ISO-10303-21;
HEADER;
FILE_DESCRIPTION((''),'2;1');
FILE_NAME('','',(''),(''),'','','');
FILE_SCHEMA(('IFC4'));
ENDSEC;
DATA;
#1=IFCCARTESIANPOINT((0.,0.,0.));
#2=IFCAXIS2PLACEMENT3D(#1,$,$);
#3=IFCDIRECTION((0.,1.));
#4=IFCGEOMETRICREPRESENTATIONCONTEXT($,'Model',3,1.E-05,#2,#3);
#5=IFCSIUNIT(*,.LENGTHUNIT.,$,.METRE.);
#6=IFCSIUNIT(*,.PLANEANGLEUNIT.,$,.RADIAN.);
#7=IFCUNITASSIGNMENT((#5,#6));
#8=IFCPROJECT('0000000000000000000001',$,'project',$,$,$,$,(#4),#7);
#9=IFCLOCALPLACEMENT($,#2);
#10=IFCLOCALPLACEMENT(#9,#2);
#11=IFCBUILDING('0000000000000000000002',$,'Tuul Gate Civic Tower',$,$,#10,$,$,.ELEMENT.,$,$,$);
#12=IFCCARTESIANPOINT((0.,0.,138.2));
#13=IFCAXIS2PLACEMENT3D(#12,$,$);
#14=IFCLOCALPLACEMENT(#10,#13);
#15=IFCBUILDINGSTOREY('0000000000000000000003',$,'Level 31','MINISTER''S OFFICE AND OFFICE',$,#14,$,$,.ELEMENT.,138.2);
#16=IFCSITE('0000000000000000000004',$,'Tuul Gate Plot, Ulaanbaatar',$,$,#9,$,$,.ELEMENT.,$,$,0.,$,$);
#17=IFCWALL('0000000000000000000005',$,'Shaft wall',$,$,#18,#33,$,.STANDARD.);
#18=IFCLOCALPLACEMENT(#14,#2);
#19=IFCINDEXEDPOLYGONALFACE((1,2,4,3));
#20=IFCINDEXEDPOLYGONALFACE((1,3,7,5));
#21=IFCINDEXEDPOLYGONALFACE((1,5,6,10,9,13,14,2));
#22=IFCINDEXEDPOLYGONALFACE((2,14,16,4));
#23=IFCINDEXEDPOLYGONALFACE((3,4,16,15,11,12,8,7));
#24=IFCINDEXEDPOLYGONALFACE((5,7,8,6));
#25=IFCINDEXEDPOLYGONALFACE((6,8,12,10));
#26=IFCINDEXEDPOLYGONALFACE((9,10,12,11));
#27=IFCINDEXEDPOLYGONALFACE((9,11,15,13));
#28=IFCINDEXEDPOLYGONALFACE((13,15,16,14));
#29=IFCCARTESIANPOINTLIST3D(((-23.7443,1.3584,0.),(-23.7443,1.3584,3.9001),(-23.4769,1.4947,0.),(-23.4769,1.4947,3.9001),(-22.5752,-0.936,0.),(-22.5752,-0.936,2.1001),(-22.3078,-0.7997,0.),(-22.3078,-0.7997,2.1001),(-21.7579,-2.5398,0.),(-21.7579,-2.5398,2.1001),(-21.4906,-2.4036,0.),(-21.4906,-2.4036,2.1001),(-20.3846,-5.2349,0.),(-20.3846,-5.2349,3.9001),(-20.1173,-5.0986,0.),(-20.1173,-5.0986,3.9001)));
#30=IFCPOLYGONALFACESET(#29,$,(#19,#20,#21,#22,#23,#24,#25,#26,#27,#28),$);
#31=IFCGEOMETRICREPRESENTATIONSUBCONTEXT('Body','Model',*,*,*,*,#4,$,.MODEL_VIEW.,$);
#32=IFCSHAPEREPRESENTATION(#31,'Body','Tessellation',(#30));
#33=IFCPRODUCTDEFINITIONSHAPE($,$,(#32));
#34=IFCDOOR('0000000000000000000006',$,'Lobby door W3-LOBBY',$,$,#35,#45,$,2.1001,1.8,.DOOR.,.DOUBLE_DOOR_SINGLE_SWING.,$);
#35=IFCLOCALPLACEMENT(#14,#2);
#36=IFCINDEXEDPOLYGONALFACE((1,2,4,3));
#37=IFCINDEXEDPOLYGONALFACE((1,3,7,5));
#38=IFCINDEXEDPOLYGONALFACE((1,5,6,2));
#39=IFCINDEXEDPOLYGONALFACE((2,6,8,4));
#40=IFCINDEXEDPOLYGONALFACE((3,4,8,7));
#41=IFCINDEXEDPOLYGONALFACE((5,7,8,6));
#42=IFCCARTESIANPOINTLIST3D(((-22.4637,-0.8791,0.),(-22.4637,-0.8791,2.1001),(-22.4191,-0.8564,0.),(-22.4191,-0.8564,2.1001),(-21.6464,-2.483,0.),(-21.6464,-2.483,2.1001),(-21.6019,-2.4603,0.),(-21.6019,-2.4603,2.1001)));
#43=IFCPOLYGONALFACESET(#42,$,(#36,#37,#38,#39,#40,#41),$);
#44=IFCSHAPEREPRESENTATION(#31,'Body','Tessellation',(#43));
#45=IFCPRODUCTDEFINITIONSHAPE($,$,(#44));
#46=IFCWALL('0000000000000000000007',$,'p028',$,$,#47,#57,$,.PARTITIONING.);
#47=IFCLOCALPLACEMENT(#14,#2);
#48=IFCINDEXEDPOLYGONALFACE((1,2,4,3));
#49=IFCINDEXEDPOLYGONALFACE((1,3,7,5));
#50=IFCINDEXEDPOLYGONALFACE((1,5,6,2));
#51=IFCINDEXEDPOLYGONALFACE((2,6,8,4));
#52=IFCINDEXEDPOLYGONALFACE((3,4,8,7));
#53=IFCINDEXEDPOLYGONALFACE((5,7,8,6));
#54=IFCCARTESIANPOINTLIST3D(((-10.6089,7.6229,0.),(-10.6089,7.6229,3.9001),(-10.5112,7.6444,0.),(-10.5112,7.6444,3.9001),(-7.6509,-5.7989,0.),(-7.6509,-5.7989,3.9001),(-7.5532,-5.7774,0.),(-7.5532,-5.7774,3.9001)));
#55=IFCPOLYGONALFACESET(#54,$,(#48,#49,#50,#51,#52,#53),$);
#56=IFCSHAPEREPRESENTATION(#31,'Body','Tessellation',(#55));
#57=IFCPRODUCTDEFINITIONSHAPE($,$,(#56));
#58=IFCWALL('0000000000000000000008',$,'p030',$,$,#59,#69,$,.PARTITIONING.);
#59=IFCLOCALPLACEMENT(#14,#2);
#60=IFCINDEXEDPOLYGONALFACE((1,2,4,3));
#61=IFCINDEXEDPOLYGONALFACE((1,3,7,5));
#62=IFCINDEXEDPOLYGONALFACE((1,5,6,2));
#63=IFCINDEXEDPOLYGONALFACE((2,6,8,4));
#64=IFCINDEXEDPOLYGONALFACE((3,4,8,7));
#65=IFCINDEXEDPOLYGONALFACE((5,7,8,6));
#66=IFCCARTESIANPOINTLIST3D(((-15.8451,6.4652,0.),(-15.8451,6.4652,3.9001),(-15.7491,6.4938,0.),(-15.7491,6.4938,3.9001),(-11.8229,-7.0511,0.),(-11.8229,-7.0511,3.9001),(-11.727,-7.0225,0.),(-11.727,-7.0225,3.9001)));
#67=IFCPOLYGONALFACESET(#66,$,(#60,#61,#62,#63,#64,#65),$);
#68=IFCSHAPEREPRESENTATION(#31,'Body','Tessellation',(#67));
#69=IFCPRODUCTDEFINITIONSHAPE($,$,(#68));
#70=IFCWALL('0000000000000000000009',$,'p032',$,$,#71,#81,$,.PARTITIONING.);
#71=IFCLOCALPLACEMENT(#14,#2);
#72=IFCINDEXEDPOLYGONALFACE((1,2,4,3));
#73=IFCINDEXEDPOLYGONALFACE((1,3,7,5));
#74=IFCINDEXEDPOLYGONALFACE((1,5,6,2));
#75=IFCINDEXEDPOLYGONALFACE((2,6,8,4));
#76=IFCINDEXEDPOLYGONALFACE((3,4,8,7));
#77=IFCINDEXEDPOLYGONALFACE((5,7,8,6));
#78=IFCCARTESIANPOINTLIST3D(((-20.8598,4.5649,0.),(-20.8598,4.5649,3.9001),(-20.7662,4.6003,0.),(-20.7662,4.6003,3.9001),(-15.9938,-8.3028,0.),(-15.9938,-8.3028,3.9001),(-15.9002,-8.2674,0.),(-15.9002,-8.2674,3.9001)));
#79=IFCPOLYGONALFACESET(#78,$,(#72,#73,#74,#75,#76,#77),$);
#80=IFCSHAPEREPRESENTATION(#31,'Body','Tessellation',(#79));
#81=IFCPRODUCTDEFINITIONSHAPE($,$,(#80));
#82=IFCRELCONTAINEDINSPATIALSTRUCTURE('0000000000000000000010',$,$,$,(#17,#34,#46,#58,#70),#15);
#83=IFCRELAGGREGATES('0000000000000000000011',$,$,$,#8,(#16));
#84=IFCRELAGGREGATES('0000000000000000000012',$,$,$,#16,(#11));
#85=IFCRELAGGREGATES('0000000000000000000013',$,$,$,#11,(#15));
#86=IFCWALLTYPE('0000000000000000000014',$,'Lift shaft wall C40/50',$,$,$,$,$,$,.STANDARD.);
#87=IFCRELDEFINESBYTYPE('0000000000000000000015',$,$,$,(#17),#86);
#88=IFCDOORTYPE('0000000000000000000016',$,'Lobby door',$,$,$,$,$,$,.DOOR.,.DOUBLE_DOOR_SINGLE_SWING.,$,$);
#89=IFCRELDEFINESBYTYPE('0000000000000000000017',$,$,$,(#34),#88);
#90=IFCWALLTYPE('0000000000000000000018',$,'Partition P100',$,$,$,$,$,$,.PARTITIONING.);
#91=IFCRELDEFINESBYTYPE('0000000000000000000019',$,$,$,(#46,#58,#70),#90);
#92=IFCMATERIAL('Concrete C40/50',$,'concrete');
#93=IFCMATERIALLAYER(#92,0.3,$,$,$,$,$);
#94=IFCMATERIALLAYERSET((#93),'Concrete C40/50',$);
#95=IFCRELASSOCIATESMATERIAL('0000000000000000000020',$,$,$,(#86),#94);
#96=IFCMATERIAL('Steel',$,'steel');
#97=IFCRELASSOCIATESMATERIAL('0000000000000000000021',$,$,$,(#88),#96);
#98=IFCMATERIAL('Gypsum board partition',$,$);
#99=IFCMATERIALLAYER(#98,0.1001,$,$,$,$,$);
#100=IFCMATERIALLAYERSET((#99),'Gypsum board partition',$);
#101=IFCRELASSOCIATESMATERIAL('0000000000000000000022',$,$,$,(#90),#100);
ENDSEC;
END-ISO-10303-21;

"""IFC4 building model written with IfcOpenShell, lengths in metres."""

from ifc_helpers import new_model, si_unit, direction, frame, frame_2d, origin, place, context, subcontext, project, spatial, rectangle, extrude, material, layer, layer_set, type_object, element, fill, save


model = new_model("IFC4")

# Units and contexts
model_context = context("Model", 3, precision=1e-05, world=origin(), true_north=direction((0.0, 1.0)))
body_context = subcontext(model_context, "Body", "Model", "MODEL_VIEW")
ifc_project = project(units=[si_unit("LENGTHUNIT", "METRE"), si_unit("PLANEANGLEUNIT", "RADIAN")], contexts=[model_context])

# Site, building, storey
site_placement = place(None, origin())
site = spatial("IfcSite", under=ifc_project, at=site_placement, Name="Tuul Gate Plot, Ulaanbaatar", CompositionType="ELEMENT", RefElevation=0.0)
building_placement = place(site_placement, origin())
building = spatial("IfcBuilding", under=site, at=building_placement, Name="Tuul Gate Civic Tower", CompositionType="ELEMENT")
storey_placement = place(building_placement, frame((0.0, 0.0, 138.2)))
storey = spatial("IfcBuildingStorey", under=building, at=storey_placement, Name="Level 31", Description="MINISTER'S OFFICE AND OFFICE", CompositionType="ELEMENT", Elevation=138.2)

# Shared definitions
ifc_material_1 = material(Name="Concrete C40/50", Category="concrete")
ifc_layer_1 = layer(ifc_material_1, 0.3)
ifc_layer_set_1 = layer_set([ifc_layer_1], Name="Concrete C40/50")
wall_type_1 = type_object("IfcWallType", Name="Lift shaft wall C40/50", PredefinedType="STANDARD", material=ifc_layer_set_1)

# Wall, opening, door
wall_1_placement = place(storey_placement, frame((-20.251, -5.1667, 0.0), z_axis=(0.0, 0.0, 1.0), x_axis=(-0.45401, 0.890996, 0.0)))
wall_1 = element("IfcWall", 1, at=wall_1_placement, inside=storey, type_object=wall_type_1, Name="Shaft wall", PredefinedType="STANDARD", context=body_context, shape_type="SweptSolid", body=[
    extrude(rectangle(XDim=7.3999, YDim=0.3, at=frame_2d((3.7, 0.0))), origin(), (0.0, 0.0, 1.0), 3.9001),
])
opening_1_placement = place(wall_1_placement, frame((3.0249, 0.0, 0.0)))
opening_1 = element("IfcOpeningElement", 2, at=opening_1_placement, cuts=wall_1, PredefinedType="OPENING", context=body_context, shape_type="SweptSolid", body=[
    extrude(rectangle(XDim=1.8, YDim=2.1001, at=frame_2d((0.8999, 1.05))), frame((0.0, 0.1602, 0.0), z_axis=(0.0, -1.0, 0.0), x_axis=(1.0, 0.0, 0.0)), (0.0, 0.0, 1.0), 0.3201),
])
ifc_material_2 = material(Name="Steel", Category="steel")
door_type_1 = type_object("IfcDoorType", Name="Lobby door", OperationType="DOUBLE_DOOR_SINGLE_SWING", PredefinedType="DOOR", material=ifc_material_2)
door_1_placement = place(opening_1_placement, origin())
door_1 = element("IfcDoor", 3, at=door_1_placement, inside=storey, type_object=door_type_1, Name="Lobby door W3-LOBBY", OperationType="DOUBLE_DOOR_SINGLE_SWING", OverallHeight=2.1001, OverallWidth=1.8, PredefinedType="DOOR", context=body_context, shape_type="SweptSolid", body=[
    extrude(rectangle(XDim=1.8, YDim=2.1001, at=frame_2d((0.8999, 1.05))), frame((0.0, 0.0249, 0.0), z_axis=(0.0, -1.0, 0.0), x_axis=(1.0, 0.0, 0.0)), (0.0, 0.0, 1.0), 0.05),
])
fill(opening_1, door_1)

# Walls
ifc_material_3 = material(Name="Gypsum board partition")
ifc_layer_2 = layer(ifc_material_3, 0.1001)
ifc_layer_set_2 = layer_set([ifc_layer_2], Name="Gypsum board partition")
wall_type_2 = type_object("IfcWallType", Name="Partition P100", PredefinedType="PARTITIONING", material=ifc_layer_set_2)
wall_2_placement = place(storey_placement, frame((-10.5601, 7.6338, 0.0), z_axis=(0.0, 0.0, 1.0), x_axis=(0.215222, -0.976565, 0.0)))
element("IfcWall", 4, at=wall_2_placement, inside=storey, type_object=wall_type_2, Name="p028", PredefinedType="PARTITIONING", context=body_context, shape_type="SweptSolid", body=[
    extrude(rectangle(XDim=13.7439, YDim=0.1001, at=frame_2d((6.8721, 0.0))), origin(), (0.0, 0.0, 1.0), 3.9001),
])
wall_3_placement = place(storey_placement, frame((-15.7971, 6.4795, 0.0), z_axis=(0.0, 0.0, 1.0), x_axis=(0.28522, -0.958462, 0.0)))
element("IfcWall", 5, at=wall_3_placement, inside=storey, type_object=wall_type_2, Name="p030", PredefinedType="PARTITIONING", context=body_context, shape_type="SweptSolid", body=[
    extrude(rectangle(XDim=14.1021, YDim=0.1001, at=frame_2d((7.051, 0.0))), origin(), (0.0, 0.0, 1.0), 3.9001),
])
wall_4_placement = place(storey_placement, frame((-20.813, 4.5825, 0.0), z_axis=(0.0, 0.0, 1.0), x_axis=(0.353709, -0.935356, 0.0)))
element("IfcWall", 6, at=wall_4_placement, inside=storey, type_object=wall_type_2, Name="p032", PredefinedType="PARTITIONING", context=body_context, shape_type="SweptSolid", body=[
    extrude(rectangle(XDim=13.7571, YDim=0.1001, at=frame_2d((6.8784, 0.0))), origin(), (0.0, 0.0, 1.0), 3.9001),
])

save(model, "model.ifc")
